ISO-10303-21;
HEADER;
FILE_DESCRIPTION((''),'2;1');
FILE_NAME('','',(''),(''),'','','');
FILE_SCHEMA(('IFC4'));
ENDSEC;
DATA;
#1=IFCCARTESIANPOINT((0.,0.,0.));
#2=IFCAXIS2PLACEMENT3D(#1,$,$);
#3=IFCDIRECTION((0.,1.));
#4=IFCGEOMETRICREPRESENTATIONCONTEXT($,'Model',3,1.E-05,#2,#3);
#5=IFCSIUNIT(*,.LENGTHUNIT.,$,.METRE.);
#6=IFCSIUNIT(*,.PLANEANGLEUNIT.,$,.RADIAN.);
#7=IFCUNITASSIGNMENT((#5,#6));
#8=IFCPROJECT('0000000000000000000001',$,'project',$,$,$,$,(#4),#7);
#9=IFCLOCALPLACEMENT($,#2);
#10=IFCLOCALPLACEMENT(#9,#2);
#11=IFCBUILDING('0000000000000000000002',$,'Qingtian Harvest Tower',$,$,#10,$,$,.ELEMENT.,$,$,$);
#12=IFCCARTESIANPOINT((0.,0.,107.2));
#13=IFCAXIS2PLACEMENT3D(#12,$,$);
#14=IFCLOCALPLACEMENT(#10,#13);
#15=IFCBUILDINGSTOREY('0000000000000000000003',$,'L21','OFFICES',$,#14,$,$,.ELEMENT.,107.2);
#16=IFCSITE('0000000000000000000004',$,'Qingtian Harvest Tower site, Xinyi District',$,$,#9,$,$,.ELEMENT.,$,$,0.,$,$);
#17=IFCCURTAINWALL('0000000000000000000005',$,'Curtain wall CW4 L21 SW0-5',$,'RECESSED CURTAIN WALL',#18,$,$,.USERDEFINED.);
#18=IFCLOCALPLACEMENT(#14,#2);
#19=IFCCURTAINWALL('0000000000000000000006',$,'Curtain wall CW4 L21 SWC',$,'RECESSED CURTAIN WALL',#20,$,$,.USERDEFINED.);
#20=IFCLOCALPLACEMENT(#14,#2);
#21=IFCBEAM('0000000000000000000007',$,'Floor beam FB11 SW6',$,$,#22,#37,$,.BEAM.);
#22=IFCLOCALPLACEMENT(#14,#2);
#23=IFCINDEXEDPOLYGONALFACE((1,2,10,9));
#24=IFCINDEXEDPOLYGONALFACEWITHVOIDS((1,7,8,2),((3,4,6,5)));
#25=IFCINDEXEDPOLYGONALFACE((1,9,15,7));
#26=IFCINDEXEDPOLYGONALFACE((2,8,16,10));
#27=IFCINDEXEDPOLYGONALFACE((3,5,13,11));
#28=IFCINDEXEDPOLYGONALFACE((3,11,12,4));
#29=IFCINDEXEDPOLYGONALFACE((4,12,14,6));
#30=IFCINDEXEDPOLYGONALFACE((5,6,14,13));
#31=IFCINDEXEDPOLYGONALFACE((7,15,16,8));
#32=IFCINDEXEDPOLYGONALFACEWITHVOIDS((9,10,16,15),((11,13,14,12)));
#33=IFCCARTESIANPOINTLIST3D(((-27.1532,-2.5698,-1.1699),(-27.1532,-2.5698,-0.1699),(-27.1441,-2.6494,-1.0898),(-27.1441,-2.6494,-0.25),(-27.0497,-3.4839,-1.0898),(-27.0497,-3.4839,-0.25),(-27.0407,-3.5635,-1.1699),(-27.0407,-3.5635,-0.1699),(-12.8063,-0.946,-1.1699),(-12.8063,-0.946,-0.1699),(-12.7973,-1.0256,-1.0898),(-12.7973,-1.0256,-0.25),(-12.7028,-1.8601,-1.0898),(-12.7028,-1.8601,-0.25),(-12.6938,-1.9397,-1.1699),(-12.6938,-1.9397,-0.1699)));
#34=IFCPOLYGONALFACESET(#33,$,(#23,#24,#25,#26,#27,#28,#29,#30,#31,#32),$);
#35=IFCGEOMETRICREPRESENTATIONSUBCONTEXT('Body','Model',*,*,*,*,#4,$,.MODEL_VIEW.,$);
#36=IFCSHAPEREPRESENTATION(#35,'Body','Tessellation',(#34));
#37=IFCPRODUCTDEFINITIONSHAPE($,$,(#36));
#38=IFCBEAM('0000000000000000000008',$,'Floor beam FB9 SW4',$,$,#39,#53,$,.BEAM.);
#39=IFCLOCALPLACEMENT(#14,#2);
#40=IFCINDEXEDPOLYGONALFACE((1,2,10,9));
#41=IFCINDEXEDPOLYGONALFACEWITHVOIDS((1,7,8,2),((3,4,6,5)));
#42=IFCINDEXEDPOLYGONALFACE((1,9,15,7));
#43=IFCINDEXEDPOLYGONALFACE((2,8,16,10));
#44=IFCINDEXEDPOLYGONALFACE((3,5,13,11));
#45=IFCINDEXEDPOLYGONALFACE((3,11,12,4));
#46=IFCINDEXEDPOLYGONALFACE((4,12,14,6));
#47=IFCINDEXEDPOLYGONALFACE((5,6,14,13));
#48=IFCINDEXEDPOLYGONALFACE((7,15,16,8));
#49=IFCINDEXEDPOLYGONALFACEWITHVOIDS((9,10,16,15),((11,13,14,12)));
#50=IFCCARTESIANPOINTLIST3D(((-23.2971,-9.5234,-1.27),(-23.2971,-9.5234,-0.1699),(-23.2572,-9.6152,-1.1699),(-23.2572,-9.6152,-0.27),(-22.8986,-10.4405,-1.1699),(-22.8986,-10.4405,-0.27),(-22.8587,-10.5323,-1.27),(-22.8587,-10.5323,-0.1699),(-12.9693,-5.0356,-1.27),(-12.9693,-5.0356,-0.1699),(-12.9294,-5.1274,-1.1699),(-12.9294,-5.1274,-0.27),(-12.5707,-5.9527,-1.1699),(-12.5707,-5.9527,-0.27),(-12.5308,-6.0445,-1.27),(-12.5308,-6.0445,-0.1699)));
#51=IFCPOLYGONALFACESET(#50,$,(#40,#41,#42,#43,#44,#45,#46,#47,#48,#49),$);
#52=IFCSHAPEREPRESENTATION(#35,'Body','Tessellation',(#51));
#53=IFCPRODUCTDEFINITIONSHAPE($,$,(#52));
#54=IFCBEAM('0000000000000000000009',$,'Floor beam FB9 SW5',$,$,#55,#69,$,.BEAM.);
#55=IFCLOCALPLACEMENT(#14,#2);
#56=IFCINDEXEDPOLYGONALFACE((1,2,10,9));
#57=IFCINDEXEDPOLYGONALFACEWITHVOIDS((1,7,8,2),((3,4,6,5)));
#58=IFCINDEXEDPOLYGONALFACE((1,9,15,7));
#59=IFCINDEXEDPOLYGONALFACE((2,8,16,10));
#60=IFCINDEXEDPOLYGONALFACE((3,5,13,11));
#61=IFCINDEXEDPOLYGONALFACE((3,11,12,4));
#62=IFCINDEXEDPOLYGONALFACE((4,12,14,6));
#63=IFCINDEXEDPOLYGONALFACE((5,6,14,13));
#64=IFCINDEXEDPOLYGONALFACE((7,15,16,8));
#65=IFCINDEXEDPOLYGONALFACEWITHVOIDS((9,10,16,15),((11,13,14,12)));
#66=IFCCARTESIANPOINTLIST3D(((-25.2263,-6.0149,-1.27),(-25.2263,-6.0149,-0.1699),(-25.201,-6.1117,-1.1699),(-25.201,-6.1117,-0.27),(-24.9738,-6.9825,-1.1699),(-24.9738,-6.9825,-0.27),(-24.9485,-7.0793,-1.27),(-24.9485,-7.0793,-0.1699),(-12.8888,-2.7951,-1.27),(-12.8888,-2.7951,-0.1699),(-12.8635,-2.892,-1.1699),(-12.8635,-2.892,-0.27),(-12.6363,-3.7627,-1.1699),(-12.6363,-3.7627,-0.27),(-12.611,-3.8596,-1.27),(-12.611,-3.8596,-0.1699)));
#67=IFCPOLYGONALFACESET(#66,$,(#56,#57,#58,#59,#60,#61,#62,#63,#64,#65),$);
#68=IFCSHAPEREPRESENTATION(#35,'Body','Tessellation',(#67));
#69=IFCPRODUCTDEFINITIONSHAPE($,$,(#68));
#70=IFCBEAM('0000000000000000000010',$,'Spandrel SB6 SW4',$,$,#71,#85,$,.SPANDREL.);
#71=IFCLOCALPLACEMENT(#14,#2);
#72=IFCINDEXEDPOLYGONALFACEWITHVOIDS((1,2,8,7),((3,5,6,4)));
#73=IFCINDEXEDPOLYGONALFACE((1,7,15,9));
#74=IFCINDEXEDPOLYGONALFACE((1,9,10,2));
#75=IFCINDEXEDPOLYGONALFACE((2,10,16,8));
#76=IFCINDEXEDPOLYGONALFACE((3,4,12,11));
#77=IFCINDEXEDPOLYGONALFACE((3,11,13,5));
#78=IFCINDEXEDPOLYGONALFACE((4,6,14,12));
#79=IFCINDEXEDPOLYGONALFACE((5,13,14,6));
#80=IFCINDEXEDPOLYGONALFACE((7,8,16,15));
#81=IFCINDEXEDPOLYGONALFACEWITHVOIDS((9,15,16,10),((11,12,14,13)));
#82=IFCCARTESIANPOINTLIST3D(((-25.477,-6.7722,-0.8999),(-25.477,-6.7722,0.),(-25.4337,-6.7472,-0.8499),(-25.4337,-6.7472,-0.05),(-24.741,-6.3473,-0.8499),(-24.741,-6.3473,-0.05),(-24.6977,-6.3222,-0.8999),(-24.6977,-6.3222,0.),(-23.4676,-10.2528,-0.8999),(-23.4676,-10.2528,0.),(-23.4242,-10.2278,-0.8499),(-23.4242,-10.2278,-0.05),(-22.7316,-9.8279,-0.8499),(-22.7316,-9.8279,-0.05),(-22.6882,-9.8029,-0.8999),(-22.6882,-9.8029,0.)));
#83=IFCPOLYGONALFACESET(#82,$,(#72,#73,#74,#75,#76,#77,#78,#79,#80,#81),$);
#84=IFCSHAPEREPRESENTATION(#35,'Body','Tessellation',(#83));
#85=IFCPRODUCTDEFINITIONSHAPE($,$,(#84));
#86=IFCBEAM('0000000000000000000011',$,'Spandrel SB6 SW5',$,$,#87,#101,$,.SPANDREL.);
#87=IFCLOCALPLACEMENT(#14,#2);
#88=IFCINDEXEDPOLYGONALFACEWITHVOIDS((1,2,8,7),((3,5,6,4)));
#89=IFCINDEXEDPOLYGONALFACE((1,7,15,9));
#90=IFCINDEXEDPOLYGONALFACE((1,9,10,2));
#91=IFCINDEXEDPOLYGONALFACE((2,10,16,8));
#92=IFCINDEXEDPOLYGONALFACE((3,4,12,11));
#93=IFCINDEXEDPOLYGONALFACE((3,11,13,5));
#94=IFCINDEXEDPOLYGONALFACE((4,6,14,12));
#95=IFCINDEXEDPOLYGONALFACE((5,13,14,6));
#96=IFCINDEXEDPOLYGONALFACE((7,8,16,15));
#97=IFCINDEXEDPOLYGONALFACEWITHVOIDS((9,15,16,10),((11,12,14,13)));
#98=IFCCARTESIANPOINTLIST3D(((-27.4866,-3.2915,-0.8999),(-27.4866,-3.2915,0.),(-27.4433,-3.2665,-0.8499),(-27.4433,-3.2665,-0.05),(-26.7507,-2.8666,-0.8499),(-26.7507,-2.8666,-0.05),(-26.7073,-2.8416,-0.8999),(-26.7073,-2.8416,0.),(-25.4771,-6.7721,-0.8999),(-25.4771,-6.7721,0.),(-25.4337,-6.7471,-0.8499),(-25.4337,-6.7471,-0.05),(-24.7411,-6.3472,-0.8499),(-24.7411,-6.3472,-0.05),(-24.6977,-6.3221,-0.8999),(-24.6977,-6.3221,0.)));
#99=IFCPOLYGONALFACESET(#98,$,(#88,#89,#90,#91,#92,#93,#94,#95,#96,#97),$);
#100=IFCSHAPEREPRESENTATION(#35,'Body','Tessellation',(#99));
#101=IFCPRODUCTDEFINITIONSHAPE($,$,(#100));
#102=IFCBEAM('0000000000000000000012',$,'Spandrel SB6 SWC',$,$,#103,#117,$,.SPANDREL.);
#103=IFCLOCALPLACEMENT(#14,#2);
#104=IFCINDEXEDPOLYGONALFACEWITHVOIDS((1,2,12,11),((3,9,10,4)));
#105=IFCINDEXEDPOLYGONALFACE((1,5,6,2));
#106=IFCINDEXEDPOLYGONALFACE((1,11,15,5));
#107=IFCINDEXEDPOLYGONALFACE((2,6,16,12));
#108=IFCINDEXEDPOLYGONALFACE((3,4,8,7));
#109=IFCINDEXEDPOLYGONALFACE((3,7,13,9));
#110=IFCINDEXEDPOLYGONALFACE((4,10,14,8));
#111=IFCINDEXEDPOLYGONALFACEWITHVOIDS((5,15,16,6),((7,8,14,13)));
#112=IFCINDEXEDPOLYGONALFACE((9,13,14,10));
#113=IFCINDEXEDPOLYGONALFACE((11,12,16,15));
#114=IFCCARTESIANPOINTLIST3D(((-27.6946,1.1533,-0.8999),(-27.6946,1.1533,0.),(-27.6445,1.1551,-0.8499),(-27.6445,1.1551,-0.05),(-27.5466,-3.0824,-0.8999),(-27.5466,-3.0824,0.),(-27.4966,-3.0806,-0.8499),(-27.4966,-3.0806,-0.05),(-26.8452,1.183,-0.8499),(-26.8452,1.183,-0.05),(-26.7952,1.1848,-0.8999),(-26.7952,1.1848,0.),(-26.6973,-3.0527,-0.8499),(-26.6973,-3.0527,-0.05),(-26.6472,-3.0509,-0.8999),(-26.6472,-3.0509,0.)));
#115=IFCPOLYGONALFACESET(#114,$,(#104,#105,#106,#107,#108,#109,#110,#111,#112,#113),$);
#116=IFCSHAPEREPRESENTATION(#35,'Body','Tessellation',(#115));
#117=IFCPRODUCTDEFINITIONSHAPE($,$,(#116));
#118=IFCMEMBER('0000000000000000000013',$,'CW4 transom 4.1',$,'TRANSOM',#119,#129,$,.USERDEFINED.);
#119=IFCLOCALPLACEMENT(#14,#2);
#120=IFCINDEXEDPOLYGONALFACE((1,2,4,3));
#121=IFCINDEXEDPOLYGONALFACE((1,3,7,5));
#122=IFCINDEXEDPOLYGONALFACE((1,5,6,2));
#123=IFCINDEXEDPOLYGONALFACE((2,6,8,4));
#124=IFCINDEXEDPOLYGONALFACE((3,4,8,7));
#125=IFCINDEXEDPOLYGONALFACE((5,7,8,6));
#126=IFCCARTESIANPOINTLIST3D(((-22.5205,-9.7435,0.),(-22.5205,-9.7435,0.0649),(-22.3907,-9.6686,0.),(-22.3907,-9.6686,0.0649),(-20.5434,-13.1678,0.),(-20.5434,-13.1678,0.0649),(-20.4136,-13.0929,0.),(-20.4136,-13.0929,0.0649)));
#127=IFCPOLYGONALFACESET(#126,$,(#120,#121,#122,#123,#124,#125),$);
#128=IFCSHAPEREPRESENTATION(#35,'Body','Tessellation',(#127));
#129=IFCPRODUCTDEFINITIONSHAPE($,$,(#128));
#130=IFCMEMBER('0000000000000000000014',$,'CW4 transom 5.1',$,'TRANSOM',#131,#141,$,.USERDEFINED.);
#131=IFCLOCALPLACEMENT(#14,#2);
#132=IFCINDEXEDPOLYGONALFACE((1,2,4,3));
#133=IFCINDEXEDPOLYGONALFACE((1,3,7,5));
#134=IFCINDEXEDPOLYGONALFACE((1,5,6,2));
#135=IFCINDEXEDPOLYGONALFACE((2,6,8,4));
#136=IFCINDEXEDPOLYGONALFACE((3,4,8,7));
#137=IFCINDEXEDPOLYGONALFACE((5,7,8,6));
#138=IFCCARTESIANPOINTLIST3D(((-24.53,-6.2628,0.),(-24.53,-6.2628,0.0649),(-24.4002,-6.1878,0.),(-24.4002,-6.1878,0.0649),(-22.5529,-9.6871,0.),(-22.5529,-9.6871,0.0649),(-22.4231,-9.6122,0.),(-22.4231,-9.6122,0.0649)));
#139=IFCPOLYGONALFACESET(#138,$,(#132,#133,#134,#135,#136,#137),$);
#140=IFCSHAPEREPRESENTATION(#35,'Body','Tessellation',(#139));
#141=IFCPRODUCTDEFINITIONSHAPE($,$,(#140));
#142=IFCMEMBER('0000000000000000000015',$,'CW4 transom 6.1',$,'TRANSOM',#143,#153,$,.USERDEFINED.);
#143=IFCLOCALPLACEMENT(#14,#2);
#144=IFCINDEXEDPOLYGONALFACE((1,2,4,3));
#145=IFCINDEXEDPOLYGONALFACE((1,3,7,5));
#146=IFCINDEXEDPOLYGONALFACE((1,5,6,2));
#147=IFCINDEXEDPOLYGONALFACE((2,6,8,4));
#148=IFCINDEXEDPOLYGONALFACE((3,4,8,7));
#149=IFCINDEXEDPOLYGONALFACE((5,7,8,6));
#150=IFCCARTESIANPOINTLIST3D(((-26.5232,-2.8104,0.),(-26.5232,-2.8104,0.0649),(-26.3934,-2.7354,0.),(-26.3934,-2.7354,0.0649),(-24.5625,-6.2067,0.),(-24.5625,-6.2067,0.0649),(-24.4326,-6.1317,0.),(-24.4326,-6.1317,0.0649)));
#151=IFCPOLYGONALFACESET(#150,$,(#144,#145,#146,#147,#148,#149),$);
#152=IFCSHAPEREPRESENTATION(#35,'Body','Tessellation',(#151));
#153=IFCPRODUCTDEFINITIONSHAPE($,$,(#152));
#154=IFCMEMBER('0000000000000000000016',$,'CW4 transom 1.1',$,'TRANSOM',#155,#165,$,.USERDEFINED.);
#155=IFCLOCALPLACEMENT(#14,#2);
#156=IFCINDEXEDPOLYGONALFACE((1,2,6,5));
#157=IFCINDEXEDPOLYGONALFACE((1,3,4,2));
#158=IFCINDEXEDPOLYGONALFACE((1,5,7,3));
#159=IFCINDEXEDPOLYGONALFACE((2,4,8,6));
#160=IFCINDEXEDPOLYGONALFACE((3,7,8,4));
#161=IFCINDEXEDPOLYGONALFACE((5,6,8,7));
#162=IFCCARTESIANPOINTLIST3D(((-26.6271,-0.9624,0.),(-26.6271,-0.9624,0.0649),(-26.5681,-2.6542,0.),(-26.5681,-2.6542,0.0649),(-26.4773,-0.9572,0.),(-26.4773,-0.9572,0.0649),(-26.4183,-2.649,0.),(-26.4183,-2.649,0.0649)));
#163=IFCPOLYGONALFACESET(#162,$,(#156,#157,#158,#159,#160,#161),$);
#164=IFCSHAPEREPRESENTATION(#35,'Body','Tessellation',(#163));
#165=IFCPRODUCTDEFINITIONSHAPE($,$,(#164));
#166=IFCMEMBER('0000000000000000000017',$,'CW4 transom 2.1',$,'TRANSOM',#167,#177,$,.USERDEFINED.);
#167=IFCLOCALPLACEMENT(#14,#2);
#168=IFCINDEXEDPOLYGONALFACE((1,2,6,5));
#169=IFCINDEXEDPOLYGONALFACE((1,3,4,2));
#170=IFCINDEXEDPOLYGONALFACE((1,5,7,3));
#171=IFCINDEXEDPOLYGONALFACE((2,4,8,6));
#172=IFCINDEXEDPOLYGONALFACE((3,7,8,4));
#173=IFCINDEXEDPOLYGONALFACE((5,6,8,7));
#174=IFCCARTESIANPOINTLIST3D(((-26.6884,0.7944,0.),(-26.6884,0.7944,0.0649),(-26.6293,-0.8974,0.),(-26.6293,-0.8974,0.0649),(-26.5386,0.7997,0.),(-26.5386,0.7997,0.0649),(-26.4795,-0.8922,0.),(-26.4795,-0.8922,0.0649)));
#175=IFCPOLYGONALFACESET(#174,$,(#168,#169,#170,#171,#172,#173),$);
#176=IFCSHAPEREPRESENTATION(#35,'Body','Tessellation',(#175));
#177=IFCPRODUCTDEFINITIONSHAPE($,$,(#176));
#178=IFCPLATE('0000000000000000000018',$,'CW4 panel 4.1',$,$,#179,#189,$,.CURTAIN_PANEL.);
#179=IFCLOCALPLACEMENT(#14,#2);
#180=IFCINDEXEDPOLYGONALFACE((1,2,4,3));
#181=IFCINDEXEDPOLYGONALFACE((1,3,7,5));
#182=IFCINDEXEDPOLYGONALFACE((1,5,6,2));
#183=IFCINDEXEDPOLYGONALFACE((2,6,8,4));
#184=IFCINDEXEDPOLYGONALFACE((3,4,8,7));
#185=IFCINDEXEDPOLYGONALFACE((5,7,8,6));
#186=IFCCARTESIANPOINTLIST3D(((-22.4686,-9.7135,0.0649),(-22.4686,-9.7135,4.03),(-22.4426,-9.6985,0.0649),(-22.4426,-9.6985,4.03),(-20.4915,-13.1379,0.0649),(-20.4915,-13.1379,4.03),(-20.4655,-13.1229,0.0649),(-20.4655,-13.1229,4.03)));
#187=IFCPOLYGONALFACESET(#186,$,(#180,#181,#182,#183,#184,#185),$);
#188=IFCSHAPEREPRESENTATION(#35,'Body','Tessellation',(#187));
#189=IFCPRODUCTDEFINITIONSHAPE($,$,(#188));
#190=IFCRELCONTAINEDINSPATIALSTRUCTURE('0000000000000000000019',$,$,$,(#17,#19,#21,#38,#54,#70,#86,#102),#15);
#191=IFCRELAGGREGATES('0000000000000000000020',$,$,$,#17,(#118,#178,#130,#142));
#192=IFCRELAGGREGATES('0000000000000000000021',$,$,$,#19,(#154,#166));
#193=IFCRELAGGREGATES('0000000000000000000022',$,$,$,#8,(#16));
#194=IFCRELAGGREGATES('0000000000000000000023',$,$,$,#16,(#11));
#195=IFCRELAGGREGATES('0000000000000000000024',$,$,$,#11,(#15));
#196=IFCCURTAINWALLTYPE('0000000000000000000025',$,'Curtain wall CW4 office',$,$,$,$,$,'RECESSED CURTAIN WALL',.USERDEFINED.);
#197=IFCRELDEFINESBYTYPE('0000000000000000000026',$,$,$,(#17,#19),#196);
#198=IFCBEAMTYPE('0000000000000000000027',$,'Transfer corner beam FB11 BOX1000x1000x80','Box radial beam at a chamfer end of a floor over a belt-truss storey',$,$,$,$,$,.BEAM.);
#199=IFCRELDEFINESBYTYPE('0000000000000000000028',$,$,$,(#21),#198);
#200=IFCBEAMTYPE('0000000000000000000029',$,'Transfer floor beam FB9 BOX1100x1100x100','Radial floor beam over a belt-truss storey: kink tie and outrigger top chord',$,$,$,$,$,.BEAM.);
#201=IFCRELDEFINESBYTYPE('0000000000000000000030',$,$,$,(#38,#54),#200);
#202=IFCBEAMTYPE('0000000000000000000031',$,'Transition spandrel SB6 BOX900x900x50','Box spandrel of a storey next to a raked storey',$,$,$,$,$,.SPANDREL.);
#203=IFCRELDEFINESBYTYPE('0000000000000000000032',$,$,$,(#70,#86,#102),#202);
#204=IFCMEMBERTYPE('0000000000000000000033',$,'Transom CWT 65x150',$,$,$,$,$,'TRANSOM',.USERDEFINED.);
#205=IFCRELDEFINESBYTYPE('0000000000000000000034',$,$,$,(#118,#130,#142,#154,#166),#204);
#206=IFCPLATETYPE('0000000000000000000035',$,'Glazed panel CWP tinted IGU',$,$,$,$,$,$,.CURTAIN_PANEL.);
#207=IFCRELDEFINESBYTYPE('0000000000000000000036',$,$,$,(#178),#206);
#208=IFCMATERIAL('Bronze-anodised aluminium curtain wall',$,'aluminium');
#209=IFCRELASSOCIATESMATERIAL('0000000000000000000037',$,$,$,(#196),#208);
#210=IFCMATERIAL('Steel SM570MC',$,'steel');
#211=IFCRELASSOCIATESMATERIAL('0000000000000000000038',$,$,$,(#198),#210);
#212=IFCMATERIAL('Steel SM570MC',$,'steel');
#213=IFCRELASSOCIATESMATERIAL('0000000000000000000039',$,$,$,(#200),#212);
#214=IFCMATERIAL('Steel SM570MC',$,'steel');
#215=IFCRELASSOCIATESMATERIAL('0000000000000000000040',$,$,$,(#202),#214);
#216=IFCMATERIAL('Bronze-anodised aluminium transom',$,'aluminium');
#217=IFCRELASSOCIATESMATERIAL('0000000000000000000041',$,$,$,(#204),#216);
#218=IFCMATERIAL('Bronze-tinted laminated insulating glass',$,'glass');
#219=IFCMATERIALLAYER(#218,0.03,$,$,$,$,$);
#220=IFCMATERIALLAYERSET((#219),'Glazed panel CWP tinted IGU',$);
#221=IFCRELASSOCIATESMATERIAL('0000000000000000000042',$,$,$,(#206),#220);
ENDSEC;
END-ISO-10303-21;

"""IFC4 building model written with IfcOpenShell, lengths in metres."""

from ifc_helpers import new_model, si_unit, direction, frame, origin, origin_2d, place, context, subcontext, project, spatial, rectangle, hollow_rectangle, extrude, material, layer, layer_set, material_profile, profile_set, type_object, element, aggregate, save


model = new_model("IFC4")

# Units and contexts
model_context = context("Model", 3, precision=1e-05, world=origin(), true_north=direction((0.0, 1.0)))
body_context = subcontext(model_context, "Body", "Model", "MODEL_VIEW")
ifc_project = project(units=[si_unit("LENGTHUNIT", "METRE"), si_unit("PLANEANGLEUNIT", "RADIAN")], contexts=[model_context])

# Site, building, storey
site_placement = place(None, origin())
site = spatial("IfcSite", under=ifc_project, at=site_placement, Name="Qingtian Harvest Tower site, Xinyi District", CompositionType="ELEMENT", RefElevation=0.0)
building_placement = place(site_placement, origin())
building = spatial("IfcBuilding", under=site, at=building_placement, Name="Qingtian Harvest Tower", CompositionType="ELEMENT")
storey_placement = place(building_placement, frame((0.0, 0.0, 107.2)))
storey = spatial("IfcBuildingStorey", under=building, at=storey_placement, Name="L21", Description="OFFICES", CompositionType="ELEMENT", Elevation=107.2)

# Curtain walls
ifc_material_1 = material(Name="Bronze-anodised aluminium curtain wall", Category="aluminium")
curtain_wall_type = type_object("IfcCurtainWallType", Name="Curtain wall CW4 office", ElementType="RECESSED CURTAIN WALL", PredefinedType="USERDEFINED", material=ifc_material_1)
curtain_wall_1_placement = place(storey_placement, origin())
curtain_wall_1 = element("IfcCurtainWall", 1, at=curtain_wall_1_placement, inside=storey, type_object=curtain_wall_type, Name="Curtain wall CW4 L21 SW0-5", ObjectType="RECESSED CURTAIN WALL", PredefinedType="USERDEFINED")
curtain_wall_2_placement = place(storey_placement, origin())
curtain_wall_2 = element("IfcCurtainWall", 2, at=curtain_wall_2_placement, inside=storey, type_object=curtain_wall_type, Name="Curtain wall CW4 L21 SWC", ObjectType="RECESSED CURTAIN WALL", PredefinedType="USERDEFINED")

# Beams
ifc_material_2 = material(Name="Steel SM570MC", Category="steel")
ifc_material_profile_1 = material_profile(ifc_material_2, hollow_rectangle(XDim=1.0, YDim=1.0, WallThickness=0.0801, at=origin_2d()), Name="BOX1000x1000x80")
ifc_profile_set_1 = profile_set([ifc_material_profile_1], Name="Steel SM570MC")
beam_type_1 = type_object("IfcBeamType", Name="Transfer corner beam FB11 BOX1000x1000x80", Description="Box radial beam at a chamfer end of a floor over a belt-truss storey", PredefinedType="BEAM", material=ifc_profile_set_1)
beam_1_placement = place(storey_placement, frame((-27.0969, -3.0667, -0.6699), z_axis=(0.993656, 0.112462, 0.0), x_axis=(-0.112462, 0.993656, 0.0)))
element("IfcBeam", 3, at=beam_1_placement, inside=storey, type_object=beam_type_1, Name="Floor beam FB11 SW6", PredefinedType="BEAM", context=body_context, shape_type="SweptSolid", body=[
    extrude(hollow_rectangle(XDim=1.0, YDim=1.0, WallThickness=0.0801, at=origin_2d()), origin(), (0.0, 0.0, 1.0), 14.4385),
])
ifc_material_3 = material(Name="Steel SM570MC", Category="steel")
ifc_material_profile_2 = material_profile(ifc_material_3, hollow_rectangle(XDim=1.1001, YDim=1.1001, WallThickness=0.1001, at=origin_2d()), Name="BOX1100x1100x100")
ifc_profile_set_2 = profile_set([ifc_material_profile_2], Name="Steel SM570MC")
beam_type_2 = type_object("IfcBeamType", Name="Transfer floor beam FB9 BOX1100x1100x100", Description="Radial floor beam over a belt-truss storey: kink tie and outrigger top chord", PredefinedType="BEAM", material=ifc_profile_set_2)
beam_2_placement = place(storey_placement, frame((-23.0779, -10.0278, -0.72), z_axis=(0.917154, 0.398533, 0.0), x_axis=(-0.398533, 0.917154, 0.0)))
element("IfcBeam", 4, at=beam_2_placement, inside=storey, type_object=beam_type_2, Name="Floor beam FB9 SW4", PredefinedType="BEAM", context=body_context, shape_type="SweptSolid", body=[
    extrude(hollow_rectangle(XDim=1.1001, YDim=1.1001, WallThickness=0.1001, at=origin_2d()), origin(), (0.0, 0.0, 1.0), 11.2607),
])
beam_3_placement = place(storey_placement, frame((-25.0874, -6.5471, -0.72), z_axis=(0.967593, 0.252515, 0.0), x_axis=(-0.252515, 0.967593, 0.0)))
element("IfcBeam", 5, at=beam_3_placement, inside=storey, type_object=beam_type_2, Name="Floor beam FB9 SW5", PredefinedType="BEAM", context=body_context, shape_type="SweptSolid", body=[
    extrude(hollow_rectangle(XDim=1.1001, YDim=1.1001, WallThickness=0.1001, at=origin_2d()), origin(), (0.0, 0.0, 1.0), 12.7507),
])
ifc_material_4 = material(Name="Steel SM570MC", Category="steel")
ifc_material_profile_3 = material_profile(ifc_material_4, hollow_rectangle(XDim=0.8999, YDim=0.8999, WallThickness=0.05, at=origin_2d()), Name="BOX900x900x50")
ifc_profile_set_3 = profile_set([ifc_material_profile_3], Name="Steel SM570MC")
beam_type_3 = type_object("IfcBeamType", Name="Transition spandrel SB6 BOX900x900x50", Description="Box spandrel of a storey next to a raked storey", PredefinedType="SPANDREL", material=ifc_profile_set_3)
for number, where, z_axis, x_axis, name in (
    (6, (-23.0779, -10.0278, -0.45), (-0.499987, 0.866033, 0.0), (-0.866033, -0.499987, 0.0), "Spandrel SB6 SW4"),
    (7, (-25.0874, -6.5471, -0.45), (-0.500013, 0.866018, 0.0), (-0.866018, -0.500013, 0.0), "Spandrel SB6 SW5"),
):
    element("IfcBeam", number, at=place(storey_placement, frame(where, z_axis=z_axis, x_axis=x_axis)), inside=storey, type_object=beam_type_3, Name=name, PredefinedType="SPANDREL", context=body_context, shape_type="SweptSolid", body=[
        extrude(hollow_rectangle(XDim=0.8999, YDim=0.8999, WallThickness=0.05, at=origin_2d()), origin(), (0.0, 0.0, 1.0), 4.019),
    ])
beam_4_placement = place(storey_placement, frame((-27.0969, -3.0667, -0.45), z_axis=(-0.034909, 0.999391, 0.0), x_axis=(-0.999391, -0.034909, 0.0)))
element("IfcBeam", 8, at=beam_4_placement, inside=storey, type_object=beam_type_3, Name="Spandrel SB6 SWC", PredefinedType="SPANDREL", context=body_context, shape_type="SweptSolid", body=[
    extrude(hollow_rectangle(XDim=0.8999, YDim=0.8999, WallThickness=0.05, at=origin_2d()), origin(), (0.0, 0.0, 1.0), 4.2383),
])

# Members
ifc_material_5 = material(Name="Bronze-anodised aluminium transom", Category="aluminium")
ifc_material_profile_4 = material_profile(ifc_material_5, rectangle(XDim=0.1499, YDim=0.0649, at=origin_2d()), Name="AL 65x150")
ifc_profile_set_4 = profile_set([ifc_material_profile_4], Name="Bronze-anodised aluminium transom")
member_type_1 = type_object("IfcMemberType", Name="Transom CWT 65x150", ElementType="TRANSOM", PredefinedType="USERDEFINED", material=ifc_profile_set_4)
member_1_placement = place(storey_placement, frame((-20.4785, -13.1304, 0.0325), z_axis=(-0.500004, 0.866023, 0.0), x_axis=(-0.866023, -0.500004, 0.0)))
member_1 = element("IfcMember", 9, at=member_1_placement, type_object=member_type_1, Name="CW4 transom 4.1", ObjectType="TRANSOM", PredefinedType="USERDEFINED", context=body_context, shape_type="SweptSolid", body=[
    extrude(rectangle(XDim=0.1499, YDim=0.0649, at=origin_2d()), origin(), (0.0, 0.0, 1.0), 3.9541),
])
member_2_placement = place(storey_placement, frame((-22.488, -9.6497, 0.0325), z_axis=(-0.500004, 0.866023, 0.0), x_axis=(-0.866023, -0.500004, 0.0)))
member_2 = element("IfcMember", 10, at=member_2_placement, type_object=member_type_1, Name="CW4 transom 5.1", ObjectType="TRANSOM", PredefinedType="USERDEFINED", context=body_context, shape_type="SweptSolid", body=[
    extrude(rectangle(XDim=0.1499, YDim=0.0649, at=origin_2d()), origin(), (0.0, 0.0, 1.0), 3.9541),
])
member_3_placement = place(storey_placement, frame((-24.4976, -6.1692, 0.0325), z_axis=(-0.499976, 0.866039, 0.0), x_axis=(-0.866039, -0.499976, 0.0)))
member_3 = element("IfcMember", 11, at=member_3_placement, type_object=member_type_1, Name="CW4 transom 6.1", ObjectType="TRANSOM", PredefinedType="USERDEFINED", context=body_context, shape_type="SweptSolid", body=[
    extrude(rectangle(XDim=0.1499, YDim=0.0649, at=origin_2d()), origin(), (0.0, 0.0, 1.0), 3.9216),
])
member_4_placement = place(storey_placement, frame((-26.4932, -2.6516, 0.0325), z_axis=(-0.034899, 0.999391, 0.0), x_axis=(-0.999391, -0.034899, 0.0)))
member_4 = element("IfcMember", 12, at=member_4_placement, type_object=member_type_1, Name="CW4 transom 1.1", ObjectType="TRANSOM", PredefinedType="USERDEFINED", context=body_context, shape_type="SweptSolid", body=[
    extrude(rectangle(XDim=0.1499, YDim=0.0649, at=origin_2d()), origin(), (0.0, 0.0, 1.0), 1.6929),
])
member_5_placement = place(storey_placement, frame((-26.5544, -0.8948, 0.0325), z_axis=(-0.034899, 0.999391, 0.0), x_axis=(-0.999391, -0.034899, 0.0)))
member_5 = element("IfcMember", 13, at=member_5_placement, type_object=member_type_1, Name="CW4 transom 2.1", ObjectType="TRANSOM", PredefinedType="USERDEFINED", context=body_context, shape_type="SweptSolid", body=[
    extrude(rectangle(XDim=0.1499, YDim=0.0649, at=origin_2d()), origin(), (0.0, 0.0, 1.0), 1.6929),
])

# Plate
ifc_material_6 = material(Name="Bronze-tinted laminated insulating glass", Category="glass")
ifc_layer_1 = layer(ifc_material_6, 0.03)
ifc_layer_set_1 = layer_set([ifc_layer_1], Name="Glazed panel CWP tinted IGU")
plate_type = type_object("IfcPlateType", Name="Glazed panel CWP tinted IGU", PredefinedType="CURTAIN_PANEL", material=ifc_layer_set_1)
plate_1_placement = place(storey_placement, frame((-21.467, -11.4182, 0.0649), z_axis=(0.0, 0.0, 1.0), x_axis=(-0.5, 0.866025, 0.0)))
plate_1 = element("IfcPlate", 14, at=plate_1_placement, type_object=plate_type, Name="CW4 panel 4.1", PredefinedType="CURTAIN_PANEL", context=body_context, shape_type="SweptSolid", body=[
    extrude(rectangle(XDim=3.9541, YDim=0.03, at=origin_2d()), origin(), (0.0, 0.0, 1.0), 3.9651),
])
aggregate(curtain_wall_1, [member_1, plate_1, member_2, member_3])
aggregate(curtain_wall_2, [member_4, member_5])

save(model, "model.ifc")
